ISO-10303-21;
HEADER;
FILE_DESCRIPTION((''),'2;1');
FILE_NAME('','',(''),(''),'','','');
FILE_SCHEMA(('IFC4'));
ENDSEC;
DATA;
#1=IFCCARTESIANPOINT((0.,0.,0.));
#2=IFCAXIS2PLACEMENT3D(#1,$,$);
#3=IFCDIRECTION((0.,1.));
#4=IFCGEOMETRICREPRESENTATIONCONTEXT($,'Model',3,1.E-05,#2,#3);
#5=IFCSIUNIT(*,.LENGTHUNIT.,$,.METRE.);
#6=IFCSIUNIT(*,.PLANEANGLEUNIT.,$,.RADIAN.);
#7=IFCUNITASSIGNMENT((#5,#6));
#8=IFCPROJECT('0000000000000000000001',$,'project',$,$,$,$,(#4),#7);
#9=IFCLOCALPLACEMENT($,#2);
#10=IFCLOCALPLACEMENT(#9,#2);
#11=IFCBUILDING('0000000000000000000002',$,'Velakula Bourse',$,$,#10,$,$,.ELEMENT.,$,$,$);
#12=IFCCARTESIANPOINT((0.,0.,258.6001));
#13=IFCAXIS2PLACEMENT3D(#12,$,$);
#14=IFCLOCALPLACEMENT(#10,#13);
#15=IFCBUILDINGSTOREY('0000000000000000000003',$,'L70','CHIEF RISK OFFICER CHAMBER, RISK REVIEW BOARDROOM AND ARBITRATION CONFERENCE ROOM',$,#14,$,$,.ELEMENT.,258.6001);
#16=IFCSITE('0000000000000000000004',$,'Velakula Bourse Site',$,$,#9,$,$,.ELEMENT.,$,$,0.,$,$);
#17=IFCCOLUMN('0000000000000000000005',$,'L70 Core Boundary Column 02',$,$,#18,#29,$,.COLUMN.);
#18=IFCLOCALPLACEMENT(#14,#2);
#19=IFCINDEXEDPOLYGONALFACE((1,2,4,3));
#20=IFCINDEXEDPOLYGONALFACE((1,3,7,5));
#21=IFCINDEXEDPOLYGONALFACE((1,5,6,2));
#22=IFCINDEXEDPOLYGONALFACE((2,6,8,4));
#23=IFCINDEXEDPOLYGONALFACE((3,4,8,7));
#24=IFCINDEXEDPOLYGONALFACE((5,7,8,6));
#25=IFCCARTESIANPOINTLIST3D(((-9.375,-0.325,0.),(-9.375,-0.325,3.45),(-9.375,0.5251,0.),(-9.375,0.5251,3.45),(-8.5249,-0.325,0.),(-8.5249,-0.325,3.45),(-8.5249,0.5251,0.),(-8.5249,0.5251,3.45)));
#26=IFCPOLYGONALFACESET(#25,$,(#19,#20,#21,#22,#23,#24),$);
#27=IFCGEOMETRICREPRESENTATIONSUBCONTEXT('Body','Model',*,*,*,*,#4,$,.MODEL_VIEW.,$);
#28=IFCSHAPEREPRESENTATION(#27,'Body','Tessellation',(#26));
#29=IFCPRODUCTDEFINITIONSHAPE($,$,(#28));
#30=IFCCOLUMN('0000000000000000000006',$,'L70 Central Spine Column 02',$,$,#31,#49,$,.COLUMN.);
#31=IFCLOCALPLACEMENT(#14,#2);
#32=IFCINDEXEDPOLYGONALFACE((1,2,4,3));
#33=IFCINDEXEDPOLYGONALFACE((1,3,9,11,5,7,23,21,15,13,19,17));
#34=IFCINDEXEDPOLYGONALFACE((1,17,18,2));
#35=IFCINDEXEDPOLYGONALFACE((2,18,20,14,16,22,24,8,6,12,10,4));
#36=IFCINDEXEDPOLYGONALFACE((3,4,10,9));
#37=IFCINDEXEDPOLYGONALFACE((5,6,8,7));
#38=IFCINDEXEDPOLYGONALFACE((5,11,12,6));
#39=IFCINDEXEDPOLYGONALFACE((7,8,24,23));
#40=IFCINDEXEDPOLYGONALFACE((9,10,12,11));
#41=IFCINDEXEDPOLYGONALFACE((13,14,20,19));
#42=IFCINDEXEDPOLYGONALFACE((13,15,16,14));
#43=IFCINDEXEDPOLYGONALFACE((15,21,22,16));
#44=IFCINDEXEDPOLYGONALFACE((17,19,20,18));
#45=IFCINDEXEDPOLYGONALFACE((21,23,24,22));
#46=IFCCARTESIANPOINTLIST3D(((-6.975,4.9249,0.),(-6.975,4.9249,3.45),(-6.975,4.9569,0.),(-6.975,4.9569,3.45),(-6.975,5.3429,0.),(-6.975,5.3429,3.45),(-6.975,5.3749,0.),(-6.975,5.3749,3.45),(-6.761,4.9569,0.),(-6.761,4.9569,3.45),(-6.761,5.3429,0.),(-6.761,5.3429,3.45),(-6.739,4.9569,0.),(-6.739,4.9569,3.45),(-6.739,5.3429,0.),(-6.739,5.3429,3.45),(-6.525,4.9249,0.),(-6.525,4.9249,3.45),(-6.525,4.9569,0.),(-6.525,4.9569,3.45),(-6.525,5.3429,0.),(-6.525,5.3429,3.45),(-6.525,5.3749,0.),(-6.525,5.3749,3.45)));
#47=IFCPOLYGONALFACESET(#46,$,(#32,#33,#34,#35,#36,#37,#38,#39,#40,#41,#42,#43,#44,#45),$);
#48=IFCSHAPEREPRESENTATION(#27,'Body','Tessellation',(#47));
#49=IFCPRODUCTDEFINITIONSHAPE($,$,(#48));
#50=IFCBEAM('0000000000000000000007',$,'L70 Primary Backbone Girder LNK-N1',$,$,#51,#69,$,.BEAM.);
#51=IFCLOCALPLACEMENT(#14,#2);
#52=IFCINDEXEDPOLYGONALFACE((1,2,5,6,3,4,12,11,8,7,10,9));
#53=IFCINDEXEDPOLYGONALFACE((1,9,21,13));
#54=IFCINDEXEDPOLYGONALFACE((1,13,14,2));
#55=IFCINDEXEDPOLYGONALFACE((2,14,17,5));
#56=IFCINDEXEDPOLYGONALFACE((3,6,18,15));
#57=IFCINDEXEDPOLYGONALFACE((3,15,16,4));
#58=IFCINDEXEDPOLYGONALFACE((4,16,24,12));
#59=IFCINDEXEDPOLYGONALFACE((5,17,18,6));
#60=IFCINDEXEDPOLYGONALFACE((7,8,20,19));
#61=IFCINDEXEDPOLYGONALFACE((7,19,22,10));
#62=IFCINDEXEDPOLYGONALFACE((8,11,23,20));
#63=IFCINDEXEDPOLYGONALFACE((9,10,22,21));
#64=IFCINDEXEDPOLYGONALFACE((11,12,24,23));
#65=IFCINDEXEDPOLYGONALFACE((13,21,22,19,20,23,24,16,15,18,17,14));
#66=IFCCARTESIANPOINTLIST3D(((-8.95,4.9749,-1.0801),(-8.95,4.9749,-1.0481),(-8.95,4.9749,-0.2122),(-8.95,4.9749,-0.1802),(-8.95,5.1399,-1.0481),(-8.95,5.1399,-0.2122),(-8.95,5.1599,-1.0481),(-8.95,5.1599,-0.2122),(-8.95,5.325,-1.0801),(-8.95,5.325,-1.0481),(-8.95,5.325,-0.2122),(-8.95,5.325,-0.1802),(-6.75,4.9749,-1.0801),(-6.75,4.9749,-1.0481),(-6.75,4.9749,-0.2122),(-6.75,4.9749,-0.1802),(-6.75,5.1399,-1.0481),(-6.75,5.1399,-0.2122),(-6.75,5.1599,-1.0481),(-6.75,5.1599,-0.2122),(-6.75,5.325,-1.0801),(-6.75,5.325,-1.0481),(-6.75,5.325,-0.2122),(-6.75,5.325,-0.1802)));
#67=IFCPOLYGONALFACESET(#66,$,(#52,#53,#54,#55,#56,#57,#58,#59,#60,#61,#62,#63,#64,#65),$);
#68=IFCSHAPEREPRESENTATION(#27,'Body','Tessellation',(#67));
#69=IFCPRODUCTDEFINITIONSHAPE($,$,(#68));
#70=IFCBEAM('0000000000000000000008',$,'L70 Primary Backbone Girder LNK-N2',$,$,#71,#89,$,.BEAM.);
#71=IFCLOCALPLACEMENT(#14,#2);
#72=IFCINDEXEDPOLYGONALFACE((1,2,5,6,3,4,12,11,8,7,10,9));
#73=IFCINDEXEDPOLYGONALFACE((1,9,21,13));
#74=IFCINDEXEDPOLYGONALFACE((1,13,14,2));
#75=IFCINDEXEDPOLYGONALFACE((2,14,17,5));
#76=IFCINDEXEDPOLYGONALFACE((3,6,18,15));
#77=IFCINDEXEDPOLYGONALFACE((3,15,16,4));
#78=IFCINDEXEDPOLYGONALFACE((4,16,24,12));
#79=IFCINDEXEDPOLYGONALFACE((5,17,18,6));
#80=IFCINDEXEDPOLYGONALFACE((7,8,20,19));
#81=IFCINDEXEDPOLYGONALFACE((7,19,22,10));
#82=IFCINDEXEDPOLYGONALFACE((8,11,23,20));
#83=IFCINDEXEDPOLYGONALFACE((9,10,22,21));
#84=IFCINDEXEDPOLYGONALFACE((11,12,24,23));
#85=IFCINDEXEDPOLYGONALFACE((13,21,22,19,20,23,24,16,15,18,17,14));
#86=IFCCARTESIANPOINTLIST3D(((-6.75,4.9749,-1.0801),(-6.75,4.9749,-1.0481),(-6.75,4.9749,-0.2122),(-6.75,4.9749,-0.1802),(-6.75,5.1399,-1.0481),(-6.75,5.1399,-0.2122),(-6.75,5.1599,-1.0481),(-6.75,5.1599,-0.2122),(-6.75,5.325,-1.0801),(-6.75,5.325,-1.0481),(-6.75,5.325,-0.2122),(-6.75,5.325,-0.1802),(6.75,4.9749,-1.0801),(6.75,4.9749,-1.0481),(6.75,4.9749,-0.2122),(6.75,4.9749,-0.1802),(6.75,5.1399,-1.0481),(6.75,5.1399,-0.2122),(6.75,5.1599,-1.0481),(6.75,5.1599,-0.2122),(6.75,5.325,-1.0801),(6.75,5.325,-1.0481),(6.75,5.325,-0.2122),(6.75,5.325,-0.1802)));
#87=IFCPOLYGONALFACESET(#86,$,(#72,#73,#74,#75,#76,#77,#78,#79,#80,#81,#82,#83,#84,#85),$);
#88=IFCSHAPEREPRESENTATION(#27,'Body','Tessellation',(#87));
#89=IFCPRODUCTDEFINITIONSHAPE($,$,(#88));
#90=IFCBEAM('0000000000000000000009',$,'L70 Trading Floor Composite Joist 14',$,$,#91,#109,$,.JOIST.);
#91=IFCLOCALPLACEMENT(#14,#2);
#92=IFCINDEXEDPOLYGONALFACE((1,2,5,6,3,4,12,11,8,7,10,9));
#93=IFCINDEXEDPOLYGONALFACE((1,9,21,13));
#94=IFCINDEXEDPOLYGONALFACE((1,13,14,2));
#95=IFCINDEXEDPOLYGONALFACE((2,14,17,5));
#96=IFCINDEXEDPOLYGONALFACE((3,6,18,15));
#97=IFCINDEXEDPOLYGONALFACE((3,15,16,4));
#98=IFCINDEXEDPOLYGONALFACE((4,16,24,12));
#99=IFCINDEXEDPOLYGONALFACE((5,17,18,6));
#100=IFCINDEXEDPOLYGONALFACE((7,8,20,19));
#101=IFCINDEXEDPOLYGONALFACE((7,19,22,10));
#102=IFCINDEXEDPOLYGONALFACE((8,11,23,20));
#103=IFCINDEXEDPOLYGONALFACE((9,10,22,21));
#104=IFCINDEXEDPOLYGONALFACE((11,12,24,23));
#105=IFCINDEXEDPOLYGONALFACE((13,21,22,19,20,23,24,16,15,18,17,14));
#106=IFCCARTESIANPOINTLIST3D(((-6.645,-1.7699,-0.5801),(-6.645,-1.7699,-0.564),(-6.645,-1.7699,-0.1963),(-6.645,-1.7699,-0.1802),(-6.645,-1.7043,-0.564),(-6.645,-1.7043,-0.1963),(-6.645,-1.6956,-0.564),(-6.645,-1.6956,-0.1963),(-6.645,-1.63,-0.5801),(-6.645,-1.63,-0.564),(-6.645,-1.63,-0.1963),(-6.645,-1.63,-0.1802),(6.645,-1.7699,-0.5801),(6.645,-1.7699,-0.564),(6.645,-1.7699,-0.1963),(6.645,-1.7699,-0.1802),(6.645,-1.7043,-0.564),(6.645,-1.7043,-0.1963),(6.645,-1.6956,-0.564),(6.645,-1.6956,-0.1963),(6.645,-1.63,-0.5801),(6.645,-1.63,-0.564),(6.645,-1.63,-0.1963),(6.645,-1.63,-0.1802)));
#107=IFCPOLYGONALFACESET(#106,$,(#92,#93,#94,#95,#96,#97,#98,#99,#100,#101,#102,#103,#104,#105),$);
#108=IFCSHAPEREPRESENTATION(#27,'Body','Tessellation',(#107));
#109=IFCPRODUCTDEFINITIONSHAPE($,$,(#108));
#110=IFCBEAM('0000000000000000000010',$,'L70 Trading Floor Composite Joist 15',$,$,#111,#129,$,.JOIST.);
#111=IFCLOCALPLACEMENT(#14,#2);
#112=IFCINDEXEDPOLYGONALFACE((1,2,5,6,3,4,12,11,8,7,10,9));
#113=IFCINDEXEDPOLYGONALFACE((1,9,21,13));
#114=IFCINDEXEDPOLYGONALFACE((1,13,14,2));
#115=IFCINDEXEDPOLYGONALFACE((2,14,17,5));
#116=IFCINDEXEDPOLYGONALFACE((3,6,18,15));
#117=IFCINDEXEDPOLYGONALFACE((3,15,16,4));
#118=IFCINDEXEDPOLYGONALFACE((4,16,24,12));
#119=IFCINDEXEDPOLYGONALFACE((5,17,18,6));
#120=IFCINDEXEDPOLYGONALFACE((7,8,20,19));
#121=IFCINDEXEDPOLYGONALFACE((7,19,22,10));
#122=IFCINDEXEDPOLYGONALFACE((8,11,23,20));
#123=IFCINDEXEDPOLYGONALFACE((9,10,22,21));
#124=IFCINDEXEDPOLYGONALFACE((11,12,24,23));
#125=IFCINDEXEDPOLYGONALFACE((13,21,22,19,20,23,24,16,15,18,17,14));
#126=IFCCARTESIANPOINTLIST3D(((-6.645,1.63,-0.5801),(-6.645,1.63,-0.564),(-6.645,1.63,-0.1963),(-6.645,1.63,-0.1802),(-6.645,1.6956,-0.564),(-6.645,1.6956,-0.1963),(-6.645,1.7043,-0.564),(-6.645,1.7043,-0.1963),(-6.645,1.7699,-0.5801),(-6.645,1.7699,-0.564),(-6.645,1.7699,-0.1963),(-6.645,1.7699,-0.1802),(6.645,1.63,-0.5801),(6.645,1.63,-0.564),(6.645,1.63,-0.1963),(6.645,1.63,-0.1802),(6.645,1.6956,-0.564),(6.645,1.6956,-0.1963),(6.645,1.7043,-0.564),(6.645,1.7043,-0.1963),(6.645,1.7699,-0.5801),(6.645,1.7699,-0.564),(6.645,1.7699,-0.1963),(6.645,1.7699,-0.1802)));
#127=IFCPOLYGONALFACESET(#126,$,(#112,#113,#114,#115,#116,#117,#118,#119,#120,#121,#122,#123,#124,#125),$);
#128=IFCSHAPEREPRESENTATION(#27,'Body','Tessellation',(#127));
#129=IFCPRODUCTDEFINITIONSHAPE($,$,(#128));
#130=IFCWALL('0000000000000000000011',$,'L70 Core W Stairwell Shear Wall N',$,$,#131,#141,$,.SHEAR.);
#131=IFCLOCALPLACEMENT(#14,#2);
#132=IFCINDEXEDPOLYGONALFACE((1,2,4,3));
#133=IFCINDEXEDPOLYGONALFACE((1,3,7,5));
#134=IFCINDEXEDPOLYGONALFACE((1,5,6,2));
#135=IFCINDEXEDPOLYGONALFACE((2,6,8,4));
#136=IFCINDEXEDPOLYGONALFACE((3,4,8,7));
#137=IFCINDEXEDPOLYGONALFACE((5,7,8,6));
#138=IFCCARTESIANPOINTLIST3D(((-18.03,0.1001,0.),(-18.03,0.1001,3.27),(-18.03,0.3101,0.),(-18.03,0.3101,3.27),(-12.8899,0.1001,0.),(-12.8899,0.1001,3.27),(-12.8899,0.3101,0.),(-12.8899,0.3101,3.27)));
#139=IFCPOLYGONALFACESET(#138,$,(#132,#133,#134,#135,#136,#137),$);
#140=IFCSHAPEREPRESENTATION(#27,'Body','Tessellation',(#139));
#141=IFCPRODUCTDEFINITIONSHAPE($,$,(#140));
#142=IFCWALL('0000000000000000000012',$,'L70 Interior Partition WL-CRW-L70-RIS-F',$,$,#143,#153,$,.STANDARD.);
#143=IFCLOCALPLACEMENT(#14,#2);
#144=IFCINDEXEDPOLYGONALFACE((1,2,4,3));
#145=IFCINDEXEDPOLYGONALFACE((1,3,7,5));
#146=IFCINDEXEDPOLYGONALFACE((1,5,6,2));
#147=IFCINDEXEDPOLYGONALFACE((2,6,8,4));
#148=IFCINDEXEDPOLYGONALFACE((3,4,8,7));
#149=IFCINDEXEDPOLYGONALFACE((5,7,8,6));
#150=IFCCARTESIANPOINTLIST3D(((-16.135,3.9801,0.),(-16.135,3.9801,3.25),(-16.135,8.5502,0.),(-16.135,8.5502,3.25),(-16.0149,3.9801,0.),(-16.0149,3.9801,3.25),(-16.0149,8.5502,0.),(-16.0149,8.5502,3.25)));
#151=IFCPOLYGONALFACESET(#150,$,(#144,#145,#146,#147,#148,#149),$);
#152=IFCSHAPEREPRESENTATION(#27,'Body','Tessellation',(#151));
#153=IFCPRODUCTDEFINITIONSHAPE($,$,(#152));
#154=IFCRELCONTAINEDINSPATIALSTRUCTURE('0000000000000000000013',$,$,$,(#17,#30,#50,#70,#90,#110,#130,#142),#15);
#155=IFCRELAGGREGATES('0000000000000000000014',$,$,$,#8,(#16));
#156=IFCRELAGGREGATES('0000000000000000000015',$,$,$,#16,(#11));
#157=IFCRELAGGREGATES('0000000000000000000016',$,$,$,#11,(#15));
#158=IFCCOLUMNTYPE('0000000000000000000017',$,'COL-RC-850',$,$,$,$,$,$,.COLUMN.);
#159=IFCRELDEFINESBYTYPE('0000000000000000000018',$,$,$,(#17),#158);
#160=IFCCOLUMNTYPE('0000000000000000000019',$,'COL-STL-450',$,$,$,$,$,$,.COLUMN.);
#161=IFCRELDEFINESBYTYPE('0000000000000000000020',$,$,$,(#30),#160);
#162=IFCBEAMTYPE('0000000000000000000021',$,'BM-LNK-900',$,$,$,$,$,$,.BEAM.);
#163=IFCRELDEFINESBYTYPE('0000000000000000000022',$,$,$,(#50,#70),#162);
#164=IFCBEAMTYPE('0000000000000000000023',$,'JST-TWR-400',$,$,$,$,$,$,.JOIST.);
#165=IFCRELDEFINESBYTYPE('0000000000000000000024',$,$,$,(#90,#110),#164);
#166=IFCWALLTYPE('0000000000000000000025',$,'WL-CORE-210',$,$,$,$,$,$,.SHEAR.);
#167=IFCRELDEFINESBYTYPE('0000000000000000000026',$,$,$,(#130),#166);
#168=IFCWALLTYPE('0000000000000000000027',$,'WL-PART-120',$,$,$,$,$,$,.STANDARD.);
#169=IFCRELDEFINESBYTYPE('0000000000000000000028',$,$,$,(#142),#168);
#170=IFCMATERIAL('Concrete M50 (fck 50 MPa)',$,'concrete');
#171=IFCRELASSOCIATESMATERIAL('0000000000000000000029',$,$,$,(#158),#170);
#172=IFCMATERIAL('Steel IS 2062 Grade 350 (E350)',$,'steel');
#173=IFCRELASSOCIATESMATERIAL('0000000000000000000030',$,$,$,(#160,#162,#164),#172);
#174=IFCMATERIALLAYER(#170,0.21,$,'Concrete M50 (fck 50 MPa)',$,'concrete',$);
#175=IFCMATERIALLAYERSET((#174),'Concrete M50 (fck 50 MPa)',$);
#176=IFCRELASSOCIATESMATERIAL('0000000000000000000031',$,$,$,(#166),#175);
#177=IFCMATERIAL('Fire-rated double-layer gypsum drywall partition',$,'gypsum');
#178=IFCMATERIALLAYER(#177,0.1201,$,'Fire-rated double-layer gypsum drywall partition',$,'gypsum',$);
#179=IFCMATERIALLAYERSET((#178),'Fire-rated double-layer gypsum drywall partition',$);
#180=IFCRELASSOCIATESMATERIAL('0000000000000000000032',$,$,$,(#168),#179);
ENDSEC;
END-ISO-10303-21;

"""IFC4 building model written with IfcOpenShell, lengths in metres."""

from ifc_helpers import new_model, si_unit, direction, frame, frame_2d, origin, origin_2d, place, context, subcontext, project, spatial, rectangle, i_section, extrude, material, layer, layer_set, material_profile, profile_set, type_object, element, save


model = new_model("IFC4")

# Units and contexts
model_context = context("Model", 3, precision=1e-05, world=origin(), true_north=direction((0.0, 1.0)))
body_context = subcontext(model_context, "Body", "Model", "MODEL_VIEW")
ifc_project = project(units=[si_unit("LENGTHUNIT", "METRE"), si_unit("PLANEANGLEUNIT", "RADIAN")], contexts=[model_context])

# Site, building, storey
site_placement = place(None, origin())
site = spatial("IfcSite", under=ifc_project, at=site_placement, Name="Velakula Bourse Site", CompositionType="ELEMENT", RefElevation=0.0)
building_placement = place(site_placement, origin())
building = spatial("IfcBuilding", under=site, at=building_placement, Name="Velakula Bourse", CompositionType="ELEMENT")
storey_placement = place(building_placement, frame((0.0, 0.0, 258.6001)))
storey = spatial("IfcBuildingStorey", under=building, at=storey_placement, Name="L70", Description="CHIEF RISK OFFICER CHAMBER, RISK REVIEW BOARDROOM AND ARBITRATION CONFERENCE ROOM", CompositionType="ELEMENT", Elevation=258.6001)

# Columns
ifc_material_1 = material(Name="Concrete M50 (fck 50 MPa)", Category="concrete")
ifc_material_profile_1 = material_profile(ifc_material_1, rectangle(XDim=0.8501, YDim=0.8501, at=origin_2d()), Name="Concrete M50 (fck 50 MPa)")
ifc_profile_set_1 = profile_set([ifc_material_profile_1], Name="Concrete M50 (fck 50 MPa)")
column_type_1 = type_object("IfcColumnType", Name="COL-RC-850", PredefinedType="COLUMN", material=ifc_profile_set_1)
column_1_placement = place(storey_placement, frame((-8.95, 0.1001, 0.0), z_axis=(0.0, 0.0, 1.0), x_axis=(1.0, 0.0, 0.0)))
element("IfcColumn", 1, at=column_1_placement, inside=storey, type_object=column_type_1, Name="L70 Core Boundary Column 02", PredefinedType="COLUMN", context=body_context, shape_type="SweptSolid", body=[
    extrude(rectangle(XDim=0.8501, YDim=0.8501, at=origin_2d()), origin(), (0.0, 0.0, 1.0), 3.45),
])
ifc_material_2 = material(Name="Steel IS 2062 Grade 350 (E350)", Category="steel")
ifc_material_profile_2 = material_profile(ifc_material_2, i_section(OverallWidth=0.45, OverallDepth=0.45, WebThickness=0.022, FlangeThickness=0.032, at=origin_2d()), Name="Steel IS 2062 Grade 350 (E350)")
ifc_profile_set_2 = profile_set([ifc_material_profile_2], Name="Steel IS 2062 Grade 350 (E350)")
column_type_2 = type_object("IfcColumnType", Name="COL-STL-450", PredefinedType="COLUMN", material=ifc_profile_set_2)
column_2_placement = place(storey_placement, frame((-6.75, 5.1499, 0.0), z_axis=(0.0, 0.0, 1.0), x_axis=(1.0, 0.0, 0.0)))
element("IfcColumn", 2, at=column_2_placement, inside=storey, type_object=column_type_2, Name="L70 Central Spine Column 02", PredefinedType="COLUMN", context=body_context, shape_type="SweptSolid", body=[
    extrude(i_section(OverallWidth=0.45, OverallDepth=0.45, WebThickness=0.022, FlangeThickness=0.032, at=origin_2d()), origin(), (0.0, 0.0, 1.0), 3.45),
])

# Beams
ifc_material_profile_3 = material_profile(ifc_material_2, i_section(OverallWidth=0.3501, OverallDepth=0.8999, WebThickness=0.02, FlangeThickness=0.032, at=origin_2d()), Name="Steel IS 2062 Grade 350 (E350)")
ifc_profile_set_3 = profile_set([ifc_material_profile_3], Name="Steel IS 2062 Grade 350 (E350)")
beam_type_1 = type_object("IfcBeamType", Name="BM-LNK-900", PredefinedType="BEAM", material=ifc_profile_set_3)
beam_1_placement = place(storey_placement, frame((-8.95, 5.1499, -0.6301), z_axis=(1.0, 0.0, 0.0), x_axis=(0.0, 1.0, 0.0)))
element("IfcBeam", 3, at=beam_1_placement, inside=storey, type_object=beam_type_1, Name="L70 Primary Backbone Girder LNK-N1", PredefinedType="BEAM", context=body_context, shape_type="SweptSolid", body=[
    extrude(i_section(OverallWidth=0.3501, OverallDepth=0.8999, WebThickness=0.02, FlangeThickness=0.032, at=origin_2d()), origin(), (0.0, 0.0, 1.0), 2.2),
])
beam_2_placement = place(storey_placement, frame((-6.75, 5.1499, -0.6301), z_axis=(1.0, 0.0, 0.0), x_axis=(0.0, 1.0, 0.0)))
element("IfcBeam", 4, at=beam_2_placement, inside=storey, type_object=beam_type_1, Name="L70 Primary Backbone Girder LNK-N2", PredefinedType="BEAM", context=body_context, shape_type="SweptSolid", body=[
    extrude(i_section(OverallWidth=0.3501, OverallDepth=0.8999, WebThickness=0.02, FlangeThickness=0.032, at=origin_2d()), origin(), (0.0, 0.0, 1.0), 13.5),
])
ifc_material_profile_4 = material_profile(ifc_material_2, i_section(OverallWidth=0.1399, OverallDepth=0.3999, WebThickness=0.0088, FlangeThickness=0.0161, at=origin_2d()), Name="Steel IS 2062 Grade 350 (E350)")
ifc_profile_set_4 = profile_set([ifc_material_profile_4], Name="Steel IS 2062 Grade 350 (E350)")
beam_type_2 = type_object("IfcBeamType", Name="JST-TWR-400", PredefinedType="JOIST", material=ifc_profile_set_4)
for number, where, z_axis, x_axis, name in (
    (5, (-6.645, -1.7, -0.3801), (1.0, 0.0, 0.0), (0.0, 1.0, 0.0), "L70 Trading Floor Composite Joist 14"),
    (6, (-6.645, 1.7, -0.3801), (1.0, 0.0, 0.0), (0.0, 1.0, 0.0), "L70 Trading Floor Composite Joist 15"),
):
    element("IfcBeam", number, at=place(storey_placement, frame(where, z_axis=z_axis, x_axis=x_axis)), inside=storey, type_object=beam_type_2, Name=name, PredefinedType="JOIST", context=body_context, shape_type="SweptSolid", body=[
        extrude(i_section(OverallWidth=0.1399, OverallDepth=0.3999, WebThickness=0.0088, FlangeThickness=0.0161, at=origin_2d()), origin(), (0.0, 0.0, 1.0), 13.29),
    ])

# Walls
ifc_layer_1 = layer(ifc_material_1, 0.21, Name="Concrete M50 (fck 50 MPa)", Category="concrete")
ifc_layer_set_1 = layer_set([ifc_layer_1], Name="Concrete M50 (fck 50 MPa)")
wall_type_1 = type_object("IfcWallType", Name="WL-CORE-210", PredefinedType="SHEAR", material=ifc_layer_set_1)
wall_1_placement = place(storey_placement, frame((-12.8899, 0.2051, 0.0), z_axis=(0.0, 0.0, 1.0), x_axis=(-1.0, 0.0, 0.0)))
element("IfcWall", 7, at=wall_1_placement, inside=storey, type_object=wall_type_1, Name="L70 Core W Stairwell Shear Wall N", PredefinedType="SHEAR", context=body_context, shape_type="SweptSolid", body=[
    extrude(rectangle(XDim=5.1401, YDim=0.21, at=frame_2d((2.5701, 0.0))), origin(), (0.0, 0.0, 1.0), 3.27),
])
ifc_material_3 = material(Name="Fire-rated double-layer gypsum drywall partition", Category="gypsum")
ifc_layer_2 = layer(ifc_material_3, 0.1201, Name="Fire-rated double-layer gypsum drywall partition", Category="gypsum")
ifc_layer_set_2 = layer_set([ifc_layer_2], Name="Fire-rated double-layer gypsum drywall partition")
wall_type_2 = type_object("IfcWallType", Name="WL-PART-120", PredefinedType="STANDARD", material=ifc_layer_set_2)
wall_2_placement = place(storey_placement, frame((-16.075, 3.98, 0.0), z_axis=(0.0, 0.0, 1.0), x_axis=(0.0, 1.0, 0.0)))
element("IfcWall", 8, at=wall_2_placement, inside=storey, type_object=wall_type_2, Name="L70 Interior Partition WL-CRW-L70-RIS-F", PredefinedType="STANDARD", context=body_context, shape_type="SweptSolid", body=[
    extrude(rectangle(XDim=4.5701, YDim=0.1201, at=frame_2d((2.2852, 0.0))), origin(), (0.0, 0.0, 1.0), 3.25),
])

save(model, "model.ifc")
